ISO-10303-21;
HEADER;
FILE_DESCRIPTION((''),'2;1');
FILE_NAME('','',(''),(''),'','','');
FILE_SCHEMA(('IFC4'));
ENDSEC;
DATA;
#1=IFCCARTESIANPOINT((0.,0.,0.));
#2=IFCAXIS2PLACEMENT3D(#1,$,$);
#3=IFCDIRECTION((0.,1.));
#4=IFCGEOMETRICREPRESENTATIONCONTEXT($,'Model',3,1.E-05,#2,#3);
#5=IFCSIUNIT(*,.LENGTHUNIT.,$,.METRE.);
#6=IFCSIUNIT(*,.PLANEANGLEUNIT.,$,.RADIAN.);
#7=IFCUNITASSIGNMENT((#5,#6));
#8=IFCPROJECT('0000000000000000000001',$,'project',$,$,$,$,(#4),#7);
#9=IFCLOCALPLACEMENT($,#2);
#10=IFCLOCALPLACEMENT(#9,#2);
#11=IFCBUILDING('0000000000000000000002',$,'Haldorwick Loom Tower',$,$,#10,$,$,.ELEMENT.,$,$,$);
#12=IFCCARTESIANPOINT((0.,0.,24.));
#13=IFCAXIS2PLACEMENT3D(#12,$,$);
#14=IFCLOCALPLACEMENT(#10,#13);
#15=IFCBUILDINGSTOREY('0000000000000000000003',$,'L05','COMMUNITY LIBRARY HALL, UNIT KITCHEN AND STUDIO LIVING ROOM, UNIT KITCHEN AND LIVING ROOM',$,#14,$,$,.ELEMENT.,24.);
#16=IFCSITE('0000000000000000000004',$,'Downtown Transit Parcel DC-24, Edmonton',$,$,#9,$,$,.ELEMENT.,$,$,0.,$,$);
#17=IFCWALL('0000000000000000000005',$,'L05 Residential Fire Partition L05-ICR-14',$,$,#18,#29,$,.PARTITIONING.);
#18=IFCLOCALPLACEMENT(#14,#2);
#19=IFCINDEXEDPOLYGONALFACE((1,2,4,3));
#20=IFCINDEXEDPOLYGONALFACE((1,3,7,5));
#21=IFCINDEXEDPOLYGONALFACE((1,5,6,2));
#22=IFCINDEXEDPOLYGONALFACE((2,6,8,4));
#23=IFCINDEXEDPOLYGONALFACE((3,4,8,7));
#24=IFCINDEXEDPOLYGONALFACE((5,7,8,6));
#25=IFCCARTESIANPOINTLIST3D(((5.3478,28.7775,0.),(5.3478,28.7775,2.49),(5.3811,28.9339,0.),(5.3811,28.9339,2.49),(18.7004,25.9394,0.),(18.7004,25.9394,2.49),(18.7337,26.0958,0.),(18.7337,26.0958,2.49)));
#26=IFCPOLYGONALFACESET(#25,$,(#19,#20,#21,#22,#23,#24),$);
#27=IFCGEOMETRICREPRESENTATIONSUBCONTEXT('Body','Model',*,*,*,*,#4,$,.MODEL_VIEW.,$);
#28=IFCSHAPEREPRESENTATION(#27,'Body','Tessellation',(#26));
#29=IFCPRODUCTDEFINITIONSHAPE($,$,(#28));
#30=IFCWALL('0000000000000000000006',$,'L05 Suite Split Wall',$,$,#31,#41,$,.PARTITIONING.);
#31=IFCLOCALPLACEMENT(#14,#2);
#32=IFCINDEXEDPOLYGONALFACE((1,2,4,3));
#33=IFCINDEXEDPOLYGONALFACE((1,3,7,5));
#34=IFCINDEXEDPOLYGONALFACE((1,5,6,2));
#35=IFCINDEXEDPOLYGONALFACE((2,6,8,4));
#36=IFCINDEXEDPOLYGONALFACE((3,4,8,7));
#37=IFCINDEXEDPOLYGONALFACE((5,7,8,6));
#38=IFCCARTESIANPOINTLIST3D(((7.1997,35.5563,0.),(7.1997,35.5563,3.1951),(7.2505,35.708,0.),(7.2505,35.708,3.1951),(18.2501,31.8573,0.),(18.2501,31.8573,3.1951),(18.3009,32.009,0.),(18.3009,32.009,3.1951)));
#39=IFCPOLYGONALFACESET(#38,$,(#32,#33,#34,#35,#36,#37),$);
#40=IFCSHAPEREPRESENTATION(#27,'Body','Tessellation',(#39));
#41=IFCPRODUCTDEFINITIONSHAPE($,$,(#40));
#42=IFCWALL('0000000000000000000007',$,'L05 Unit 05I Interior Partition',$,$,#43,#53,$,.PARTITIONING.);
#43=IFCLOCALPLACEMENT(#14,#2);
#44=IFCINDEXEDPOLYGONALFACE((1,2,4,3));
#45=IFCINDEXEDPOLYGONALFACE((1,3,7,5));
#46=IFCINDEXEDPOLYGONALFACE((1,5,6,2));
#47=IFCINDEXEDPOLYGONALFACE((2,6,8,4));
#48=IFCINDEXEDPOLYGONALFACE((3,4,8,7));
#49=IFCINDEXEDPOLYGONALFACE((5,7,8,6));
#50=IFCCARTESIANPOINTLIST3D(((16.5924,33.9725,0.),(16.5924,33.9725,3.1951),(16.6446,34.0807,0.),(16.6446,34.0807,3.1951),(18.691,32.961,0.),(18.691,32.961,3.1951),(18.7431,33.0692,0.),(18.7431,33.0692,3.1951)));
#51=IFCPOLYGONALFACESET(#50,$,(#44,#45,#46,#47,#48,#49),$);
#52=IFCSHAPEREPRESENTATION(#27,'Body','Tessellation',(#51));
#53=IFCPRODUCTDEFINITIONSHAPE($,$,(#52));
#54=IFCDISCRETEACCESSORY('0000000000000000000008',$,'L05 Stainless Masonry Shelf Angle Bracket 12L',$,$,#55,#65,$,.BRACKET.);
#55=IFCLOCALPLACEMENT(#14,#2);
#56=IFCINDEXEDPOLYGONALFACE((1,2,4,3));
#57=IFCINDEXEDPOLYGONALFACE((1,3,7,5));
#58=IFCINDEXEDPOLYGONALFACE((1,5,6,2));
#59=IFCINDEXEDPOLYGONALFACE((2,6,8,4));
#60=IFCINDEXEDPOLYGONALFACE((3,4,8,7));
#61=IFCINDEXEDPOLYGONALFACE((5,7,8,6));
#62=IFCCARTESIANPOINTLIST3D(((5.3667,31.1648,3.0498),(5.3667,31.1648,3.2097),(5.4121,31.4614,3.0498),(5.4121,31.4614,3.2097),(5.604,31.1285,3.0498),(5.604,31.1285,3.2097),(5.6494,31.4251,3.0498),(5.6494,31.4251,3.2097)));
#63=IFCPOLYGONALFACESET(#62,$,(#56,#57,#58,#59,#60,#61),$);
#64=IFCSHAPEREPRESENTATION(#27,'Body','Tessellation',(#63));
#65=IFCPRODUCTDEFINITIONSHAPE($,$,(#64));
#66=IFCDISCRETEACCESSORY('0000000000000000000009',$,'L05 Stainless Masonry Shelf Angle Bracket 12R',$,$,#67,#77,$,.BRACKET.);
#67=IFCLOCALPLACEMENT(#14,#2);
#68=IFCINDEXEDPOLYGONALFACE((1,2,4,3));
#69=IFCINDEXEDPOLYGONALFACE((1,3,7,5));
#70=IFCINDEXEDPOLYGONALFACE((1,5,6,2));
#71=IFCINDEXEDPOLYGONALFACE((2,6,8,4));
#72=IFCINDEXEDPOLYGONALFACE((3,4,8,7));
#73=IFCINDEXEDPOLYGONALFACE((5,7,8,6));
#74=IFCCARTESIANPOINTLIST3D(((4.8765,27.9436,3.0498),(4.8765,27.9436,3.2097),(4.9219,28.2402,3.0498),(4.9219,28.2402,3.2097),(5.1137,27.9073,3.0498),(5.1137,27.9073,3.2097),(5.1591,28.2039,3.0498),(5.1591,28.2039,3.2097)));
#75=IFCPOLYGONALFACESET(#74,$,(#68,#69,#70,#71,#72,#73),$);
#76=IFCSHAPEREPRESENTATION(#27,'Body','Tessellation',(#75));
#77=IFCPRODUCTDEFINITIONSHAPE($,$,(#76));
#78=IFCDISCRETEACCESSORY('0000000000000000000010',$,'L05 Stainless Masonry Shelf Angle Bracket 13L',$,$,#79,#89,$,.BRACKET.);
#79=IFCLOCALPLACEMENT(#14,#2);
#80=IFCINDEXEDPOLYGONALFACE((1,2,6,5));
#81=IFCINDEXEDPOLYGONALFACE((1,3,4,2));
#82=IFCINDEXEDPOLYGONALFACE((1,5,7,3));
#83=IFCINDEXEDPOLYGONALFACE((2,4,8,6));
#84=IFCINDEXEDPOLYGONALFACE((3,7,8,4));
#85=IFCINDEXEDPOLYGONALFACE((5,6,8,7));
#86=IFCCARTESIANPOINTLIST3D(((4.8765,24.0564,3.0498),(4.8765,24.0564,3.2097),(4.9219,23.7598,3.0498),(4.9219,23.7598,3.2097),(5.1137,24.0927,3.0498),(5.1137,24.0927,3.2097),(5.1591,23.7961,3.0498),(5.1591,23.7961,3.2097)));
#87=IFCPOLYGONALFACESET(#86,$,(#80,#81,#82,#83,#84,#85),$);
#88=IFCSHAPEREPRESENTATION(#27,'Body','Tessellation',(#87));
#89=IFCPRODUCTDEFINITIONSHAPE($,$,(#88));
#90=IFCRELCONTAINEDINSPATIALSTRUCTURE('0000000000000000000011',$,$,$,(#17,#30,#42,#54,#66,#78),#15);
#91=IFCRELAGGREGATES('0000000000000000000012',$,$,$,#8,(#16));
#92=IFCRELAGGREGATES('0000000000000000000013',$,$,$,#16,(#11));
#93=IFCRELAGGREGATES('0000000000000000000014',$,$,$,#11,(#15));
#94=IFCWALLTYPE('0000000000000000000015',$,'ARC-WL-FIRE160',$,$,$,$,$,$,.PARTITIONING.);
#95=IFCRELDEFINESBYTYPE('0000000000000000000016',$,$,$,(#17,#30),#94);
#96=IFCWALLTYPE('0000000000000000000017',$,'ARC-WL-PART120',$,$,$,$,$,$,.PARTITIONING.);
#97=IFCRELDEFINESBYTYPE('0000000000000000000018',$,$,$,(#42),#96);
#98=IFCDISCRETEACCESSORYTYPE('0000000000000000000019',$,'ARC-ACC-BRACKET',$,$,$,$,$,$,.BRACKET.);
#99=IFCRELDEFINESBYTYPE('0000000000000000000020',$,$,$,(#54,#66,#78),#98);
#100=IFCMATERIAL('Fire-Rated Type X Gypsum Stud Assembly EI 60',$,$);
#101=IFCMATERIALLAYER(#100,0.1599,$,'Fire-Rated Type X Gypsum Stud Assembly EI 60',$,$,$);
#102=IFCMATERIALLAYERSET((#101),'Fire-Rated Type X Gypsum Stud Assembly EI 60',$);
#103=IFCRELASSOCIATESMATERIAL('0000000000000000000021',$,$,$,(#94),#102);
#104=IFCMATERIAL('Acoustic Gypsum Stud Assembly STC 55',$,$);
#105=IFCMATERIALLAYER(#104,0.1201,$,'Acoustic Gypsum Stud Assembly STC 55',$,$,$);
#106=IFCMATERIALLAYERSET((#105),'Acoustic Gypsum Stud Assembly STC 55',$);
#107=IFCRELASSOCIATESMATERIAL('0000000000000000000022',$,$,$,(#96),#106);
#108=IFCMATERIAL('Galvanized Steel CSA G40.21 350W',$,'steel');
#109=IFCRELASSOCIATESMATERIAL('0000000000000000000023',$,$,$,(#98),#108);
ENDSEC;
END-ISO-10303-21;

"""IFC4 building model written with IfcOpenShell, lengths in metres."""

from ifc_helpers import new_model, si_unit, direction, frame, frame_2d, origin, origin_2d, place, context, subcontext, project, spatial, rectangle, extrude, material, layer, layer_set, type_object, element, save


model = new_model("IFC4")

# Units and contexts
model_context = context("Model", 3, precision=1e-05, world=origin(), true_north=direction((0.0, 1.0)))
body_context = subcontext(model_context, "Body", "Model", "MODEL_VIEW")
ifc_project = project(units=[si_unit("LENGTHUNIT", "METRE"), si_unit("PLANEANGLEUNIT", "RADIAN")], contexts=[model_context])

# Site, building, storey
site_placement = place(None, origin())
site = spatial("IfcSite", under=ifc_project, at=site_placement, Name="Downtown Transit Parcel DC-24, Edmonton", CompositionType="ELEMENT", RefElevation=0.0)
building_placement = place(site_placement, origin())
building = spatial("IfcBuilding", under=site, at=building_placement, Name="Haldorwick Loom Tower", CompositionType="ELEMENT")
storey_placement = place(building_placement, frame((0.0, 0.0, 24.0)))
storey = spatial("IfcBuildingStorey", under=building, at=storey_placement, Name="L05", Description="COMMUNITY LIBRARY HALL, UNIT KITCHEN AND STUDIO LIVING ROOM, UNIT KITCHEN AND LIVING ROOM", CompositionType="ELEMENT", Elevation=24.0)

# Shared definitions
ifc_material_1 = material(Name="Fire-Rated Type X Gypsum Stud Assembly EI 60")
ifc_layer_1 = layer(ifc_material_1, 0.1599, Name="Fire-Rated Type X Gypsum Stud Assembly EI 60")
ifc_layer_set_1 = layer_set([ifc_layer_1], Name="Fire-Rated Type X Gypsum Stud Assembly EI 60")
wall_type_1 = type_object("IfcWallType", Name="ARC-WL-FIRE160", PredefinedType="PARTITIONING", material=ifc_layer_set_1)

# Walls
wall_1_placement = place(storey_placement, frame((18.717, 26.0176, 0.0), z_axis=(0.0, 0.0, 1.0), x_axis=(-0.978148, 0.207909, 0.0)))
element("IfcWall", 1, at=wall_1_placement, inside=storey, type_object=wall_type_1, Name="L05 Residential Fire Partition L05-ICR-14", PredefinedType="PARTITIONING", context=body_context, shape_type="SweptSolid", body=[
    extrude(rectangle(XDim=13.6509, YDim=0.1599, at=frame_2d((6.8254, 0.0))), origin(), (0.0, 0.0, 1.0), 2.49),
])
wall_2_placement = place(storey_placement, frame((18.2756, 31.9331, 0.0), z_axis=(0.0, 0.0, 1.0), x_axis=(-0.948282, 0.317428, 0.0)))
element("IfcWall", 2, at=wall_2_placement, inside=storey, type_object=wall_type_1, Name="L05 Suite Split Wall", PredefinedType="PARTITIONING", context=body_context, shape_type="SweptSolid", body=[
    extrude(rectangle(XDim=11.6531, YDim=0.1599, at=frame_2d((5.8267, 0.0))), origin(), (0.0, 0.0, 1.0), 3.1951),
])
ifc_material_2 = material(Name="Acoustic Gypsum Stud Assembly STC 55")
ifc_layer_2 = layer(ifc_material_2, 0.1201, Name="Acoustic Gypsum Stud Assembly STC 55")
ifc_layer_set_2 = layer_set([ifc_layer_2], Name="Acoustic Gypsum Stud Assembly STC 55")
wall_type_2 = type_object("IfcWallType", Name="ARC-WL-PART120", PredefinedType="PARTITIONING", material=ifc_layer_set_2)
wall_3_placement = place(storey_placement, frame((18.717, 33.0151, 0.0), z_axis=(0.0, 0.0, 1.0), x_axis=(-0.90083, 0.434172, 0.0)))
element("IfcWall", 3, at=wall_3_placement, inside=storey, type_object=wall_type_2, Name="L05 Unit 05I Interior Partition", PredefinedType="PARTITIONING", context=body_context, shape_type="SweptSolid", body=[
    extrude(rectangle(XDim=2.3296, YDim=0.1201, at=frame_2d((1.1648, 0.0))), origin(), (0.0, 0.0, 1.0), 3.1951),
])

# Discrete accessories
ifc_material_3 = material(Name="Galvanized Steel CSA G40.21 350W", Category="steel")
discrete_accessory_type = type_object("IfcDiscreteAccessoryType", Name="ARC-ACC-BRACKET", PredefinedType="BRACKET", material=ifc_material_3)
for number, where, z_axis, x_axis, name in (
    (4, (5.5081, 31.2949, 3.0498), (0.0, 0.0, 1.0), (-0.151261, -0.988494, 0.0), "L05 Stainless Masonry Shelf Angle Bracket 12L"),
    (5, (5.0178, 28.0737, 3.0498), (0.0, 0.0, 1.0), (-0.151261, -0.988494, 0.0), "L05 Stainless Masonry Shelf Angle Bracket 12R"),
    (6, (5.0178, 23.9263, 3.0498), (0.0, 0.0, 1.0), (0.151261, -0.988494, 0.0), "L05 Stainless Masonry Shelf Angle Bracket 13L"),
):
    element("IfcDiscreteAccessory", number, at=place(storey_placement, frame(where, z_axis=z_axis, x_axis=x_axis)), inside=storey, type_object=discrete_accessory_type, Name=name, PredefinedType="BRACKET", context=body_context, shape_type="SweptSolid", body=[
        extrude(rectangle(XDim=0.3, YDim=0.24, at=origin_2d()), origin(), (0.0, 0.0, 1.0), 0.1599),
    ])

save(model, "model.ifc")
